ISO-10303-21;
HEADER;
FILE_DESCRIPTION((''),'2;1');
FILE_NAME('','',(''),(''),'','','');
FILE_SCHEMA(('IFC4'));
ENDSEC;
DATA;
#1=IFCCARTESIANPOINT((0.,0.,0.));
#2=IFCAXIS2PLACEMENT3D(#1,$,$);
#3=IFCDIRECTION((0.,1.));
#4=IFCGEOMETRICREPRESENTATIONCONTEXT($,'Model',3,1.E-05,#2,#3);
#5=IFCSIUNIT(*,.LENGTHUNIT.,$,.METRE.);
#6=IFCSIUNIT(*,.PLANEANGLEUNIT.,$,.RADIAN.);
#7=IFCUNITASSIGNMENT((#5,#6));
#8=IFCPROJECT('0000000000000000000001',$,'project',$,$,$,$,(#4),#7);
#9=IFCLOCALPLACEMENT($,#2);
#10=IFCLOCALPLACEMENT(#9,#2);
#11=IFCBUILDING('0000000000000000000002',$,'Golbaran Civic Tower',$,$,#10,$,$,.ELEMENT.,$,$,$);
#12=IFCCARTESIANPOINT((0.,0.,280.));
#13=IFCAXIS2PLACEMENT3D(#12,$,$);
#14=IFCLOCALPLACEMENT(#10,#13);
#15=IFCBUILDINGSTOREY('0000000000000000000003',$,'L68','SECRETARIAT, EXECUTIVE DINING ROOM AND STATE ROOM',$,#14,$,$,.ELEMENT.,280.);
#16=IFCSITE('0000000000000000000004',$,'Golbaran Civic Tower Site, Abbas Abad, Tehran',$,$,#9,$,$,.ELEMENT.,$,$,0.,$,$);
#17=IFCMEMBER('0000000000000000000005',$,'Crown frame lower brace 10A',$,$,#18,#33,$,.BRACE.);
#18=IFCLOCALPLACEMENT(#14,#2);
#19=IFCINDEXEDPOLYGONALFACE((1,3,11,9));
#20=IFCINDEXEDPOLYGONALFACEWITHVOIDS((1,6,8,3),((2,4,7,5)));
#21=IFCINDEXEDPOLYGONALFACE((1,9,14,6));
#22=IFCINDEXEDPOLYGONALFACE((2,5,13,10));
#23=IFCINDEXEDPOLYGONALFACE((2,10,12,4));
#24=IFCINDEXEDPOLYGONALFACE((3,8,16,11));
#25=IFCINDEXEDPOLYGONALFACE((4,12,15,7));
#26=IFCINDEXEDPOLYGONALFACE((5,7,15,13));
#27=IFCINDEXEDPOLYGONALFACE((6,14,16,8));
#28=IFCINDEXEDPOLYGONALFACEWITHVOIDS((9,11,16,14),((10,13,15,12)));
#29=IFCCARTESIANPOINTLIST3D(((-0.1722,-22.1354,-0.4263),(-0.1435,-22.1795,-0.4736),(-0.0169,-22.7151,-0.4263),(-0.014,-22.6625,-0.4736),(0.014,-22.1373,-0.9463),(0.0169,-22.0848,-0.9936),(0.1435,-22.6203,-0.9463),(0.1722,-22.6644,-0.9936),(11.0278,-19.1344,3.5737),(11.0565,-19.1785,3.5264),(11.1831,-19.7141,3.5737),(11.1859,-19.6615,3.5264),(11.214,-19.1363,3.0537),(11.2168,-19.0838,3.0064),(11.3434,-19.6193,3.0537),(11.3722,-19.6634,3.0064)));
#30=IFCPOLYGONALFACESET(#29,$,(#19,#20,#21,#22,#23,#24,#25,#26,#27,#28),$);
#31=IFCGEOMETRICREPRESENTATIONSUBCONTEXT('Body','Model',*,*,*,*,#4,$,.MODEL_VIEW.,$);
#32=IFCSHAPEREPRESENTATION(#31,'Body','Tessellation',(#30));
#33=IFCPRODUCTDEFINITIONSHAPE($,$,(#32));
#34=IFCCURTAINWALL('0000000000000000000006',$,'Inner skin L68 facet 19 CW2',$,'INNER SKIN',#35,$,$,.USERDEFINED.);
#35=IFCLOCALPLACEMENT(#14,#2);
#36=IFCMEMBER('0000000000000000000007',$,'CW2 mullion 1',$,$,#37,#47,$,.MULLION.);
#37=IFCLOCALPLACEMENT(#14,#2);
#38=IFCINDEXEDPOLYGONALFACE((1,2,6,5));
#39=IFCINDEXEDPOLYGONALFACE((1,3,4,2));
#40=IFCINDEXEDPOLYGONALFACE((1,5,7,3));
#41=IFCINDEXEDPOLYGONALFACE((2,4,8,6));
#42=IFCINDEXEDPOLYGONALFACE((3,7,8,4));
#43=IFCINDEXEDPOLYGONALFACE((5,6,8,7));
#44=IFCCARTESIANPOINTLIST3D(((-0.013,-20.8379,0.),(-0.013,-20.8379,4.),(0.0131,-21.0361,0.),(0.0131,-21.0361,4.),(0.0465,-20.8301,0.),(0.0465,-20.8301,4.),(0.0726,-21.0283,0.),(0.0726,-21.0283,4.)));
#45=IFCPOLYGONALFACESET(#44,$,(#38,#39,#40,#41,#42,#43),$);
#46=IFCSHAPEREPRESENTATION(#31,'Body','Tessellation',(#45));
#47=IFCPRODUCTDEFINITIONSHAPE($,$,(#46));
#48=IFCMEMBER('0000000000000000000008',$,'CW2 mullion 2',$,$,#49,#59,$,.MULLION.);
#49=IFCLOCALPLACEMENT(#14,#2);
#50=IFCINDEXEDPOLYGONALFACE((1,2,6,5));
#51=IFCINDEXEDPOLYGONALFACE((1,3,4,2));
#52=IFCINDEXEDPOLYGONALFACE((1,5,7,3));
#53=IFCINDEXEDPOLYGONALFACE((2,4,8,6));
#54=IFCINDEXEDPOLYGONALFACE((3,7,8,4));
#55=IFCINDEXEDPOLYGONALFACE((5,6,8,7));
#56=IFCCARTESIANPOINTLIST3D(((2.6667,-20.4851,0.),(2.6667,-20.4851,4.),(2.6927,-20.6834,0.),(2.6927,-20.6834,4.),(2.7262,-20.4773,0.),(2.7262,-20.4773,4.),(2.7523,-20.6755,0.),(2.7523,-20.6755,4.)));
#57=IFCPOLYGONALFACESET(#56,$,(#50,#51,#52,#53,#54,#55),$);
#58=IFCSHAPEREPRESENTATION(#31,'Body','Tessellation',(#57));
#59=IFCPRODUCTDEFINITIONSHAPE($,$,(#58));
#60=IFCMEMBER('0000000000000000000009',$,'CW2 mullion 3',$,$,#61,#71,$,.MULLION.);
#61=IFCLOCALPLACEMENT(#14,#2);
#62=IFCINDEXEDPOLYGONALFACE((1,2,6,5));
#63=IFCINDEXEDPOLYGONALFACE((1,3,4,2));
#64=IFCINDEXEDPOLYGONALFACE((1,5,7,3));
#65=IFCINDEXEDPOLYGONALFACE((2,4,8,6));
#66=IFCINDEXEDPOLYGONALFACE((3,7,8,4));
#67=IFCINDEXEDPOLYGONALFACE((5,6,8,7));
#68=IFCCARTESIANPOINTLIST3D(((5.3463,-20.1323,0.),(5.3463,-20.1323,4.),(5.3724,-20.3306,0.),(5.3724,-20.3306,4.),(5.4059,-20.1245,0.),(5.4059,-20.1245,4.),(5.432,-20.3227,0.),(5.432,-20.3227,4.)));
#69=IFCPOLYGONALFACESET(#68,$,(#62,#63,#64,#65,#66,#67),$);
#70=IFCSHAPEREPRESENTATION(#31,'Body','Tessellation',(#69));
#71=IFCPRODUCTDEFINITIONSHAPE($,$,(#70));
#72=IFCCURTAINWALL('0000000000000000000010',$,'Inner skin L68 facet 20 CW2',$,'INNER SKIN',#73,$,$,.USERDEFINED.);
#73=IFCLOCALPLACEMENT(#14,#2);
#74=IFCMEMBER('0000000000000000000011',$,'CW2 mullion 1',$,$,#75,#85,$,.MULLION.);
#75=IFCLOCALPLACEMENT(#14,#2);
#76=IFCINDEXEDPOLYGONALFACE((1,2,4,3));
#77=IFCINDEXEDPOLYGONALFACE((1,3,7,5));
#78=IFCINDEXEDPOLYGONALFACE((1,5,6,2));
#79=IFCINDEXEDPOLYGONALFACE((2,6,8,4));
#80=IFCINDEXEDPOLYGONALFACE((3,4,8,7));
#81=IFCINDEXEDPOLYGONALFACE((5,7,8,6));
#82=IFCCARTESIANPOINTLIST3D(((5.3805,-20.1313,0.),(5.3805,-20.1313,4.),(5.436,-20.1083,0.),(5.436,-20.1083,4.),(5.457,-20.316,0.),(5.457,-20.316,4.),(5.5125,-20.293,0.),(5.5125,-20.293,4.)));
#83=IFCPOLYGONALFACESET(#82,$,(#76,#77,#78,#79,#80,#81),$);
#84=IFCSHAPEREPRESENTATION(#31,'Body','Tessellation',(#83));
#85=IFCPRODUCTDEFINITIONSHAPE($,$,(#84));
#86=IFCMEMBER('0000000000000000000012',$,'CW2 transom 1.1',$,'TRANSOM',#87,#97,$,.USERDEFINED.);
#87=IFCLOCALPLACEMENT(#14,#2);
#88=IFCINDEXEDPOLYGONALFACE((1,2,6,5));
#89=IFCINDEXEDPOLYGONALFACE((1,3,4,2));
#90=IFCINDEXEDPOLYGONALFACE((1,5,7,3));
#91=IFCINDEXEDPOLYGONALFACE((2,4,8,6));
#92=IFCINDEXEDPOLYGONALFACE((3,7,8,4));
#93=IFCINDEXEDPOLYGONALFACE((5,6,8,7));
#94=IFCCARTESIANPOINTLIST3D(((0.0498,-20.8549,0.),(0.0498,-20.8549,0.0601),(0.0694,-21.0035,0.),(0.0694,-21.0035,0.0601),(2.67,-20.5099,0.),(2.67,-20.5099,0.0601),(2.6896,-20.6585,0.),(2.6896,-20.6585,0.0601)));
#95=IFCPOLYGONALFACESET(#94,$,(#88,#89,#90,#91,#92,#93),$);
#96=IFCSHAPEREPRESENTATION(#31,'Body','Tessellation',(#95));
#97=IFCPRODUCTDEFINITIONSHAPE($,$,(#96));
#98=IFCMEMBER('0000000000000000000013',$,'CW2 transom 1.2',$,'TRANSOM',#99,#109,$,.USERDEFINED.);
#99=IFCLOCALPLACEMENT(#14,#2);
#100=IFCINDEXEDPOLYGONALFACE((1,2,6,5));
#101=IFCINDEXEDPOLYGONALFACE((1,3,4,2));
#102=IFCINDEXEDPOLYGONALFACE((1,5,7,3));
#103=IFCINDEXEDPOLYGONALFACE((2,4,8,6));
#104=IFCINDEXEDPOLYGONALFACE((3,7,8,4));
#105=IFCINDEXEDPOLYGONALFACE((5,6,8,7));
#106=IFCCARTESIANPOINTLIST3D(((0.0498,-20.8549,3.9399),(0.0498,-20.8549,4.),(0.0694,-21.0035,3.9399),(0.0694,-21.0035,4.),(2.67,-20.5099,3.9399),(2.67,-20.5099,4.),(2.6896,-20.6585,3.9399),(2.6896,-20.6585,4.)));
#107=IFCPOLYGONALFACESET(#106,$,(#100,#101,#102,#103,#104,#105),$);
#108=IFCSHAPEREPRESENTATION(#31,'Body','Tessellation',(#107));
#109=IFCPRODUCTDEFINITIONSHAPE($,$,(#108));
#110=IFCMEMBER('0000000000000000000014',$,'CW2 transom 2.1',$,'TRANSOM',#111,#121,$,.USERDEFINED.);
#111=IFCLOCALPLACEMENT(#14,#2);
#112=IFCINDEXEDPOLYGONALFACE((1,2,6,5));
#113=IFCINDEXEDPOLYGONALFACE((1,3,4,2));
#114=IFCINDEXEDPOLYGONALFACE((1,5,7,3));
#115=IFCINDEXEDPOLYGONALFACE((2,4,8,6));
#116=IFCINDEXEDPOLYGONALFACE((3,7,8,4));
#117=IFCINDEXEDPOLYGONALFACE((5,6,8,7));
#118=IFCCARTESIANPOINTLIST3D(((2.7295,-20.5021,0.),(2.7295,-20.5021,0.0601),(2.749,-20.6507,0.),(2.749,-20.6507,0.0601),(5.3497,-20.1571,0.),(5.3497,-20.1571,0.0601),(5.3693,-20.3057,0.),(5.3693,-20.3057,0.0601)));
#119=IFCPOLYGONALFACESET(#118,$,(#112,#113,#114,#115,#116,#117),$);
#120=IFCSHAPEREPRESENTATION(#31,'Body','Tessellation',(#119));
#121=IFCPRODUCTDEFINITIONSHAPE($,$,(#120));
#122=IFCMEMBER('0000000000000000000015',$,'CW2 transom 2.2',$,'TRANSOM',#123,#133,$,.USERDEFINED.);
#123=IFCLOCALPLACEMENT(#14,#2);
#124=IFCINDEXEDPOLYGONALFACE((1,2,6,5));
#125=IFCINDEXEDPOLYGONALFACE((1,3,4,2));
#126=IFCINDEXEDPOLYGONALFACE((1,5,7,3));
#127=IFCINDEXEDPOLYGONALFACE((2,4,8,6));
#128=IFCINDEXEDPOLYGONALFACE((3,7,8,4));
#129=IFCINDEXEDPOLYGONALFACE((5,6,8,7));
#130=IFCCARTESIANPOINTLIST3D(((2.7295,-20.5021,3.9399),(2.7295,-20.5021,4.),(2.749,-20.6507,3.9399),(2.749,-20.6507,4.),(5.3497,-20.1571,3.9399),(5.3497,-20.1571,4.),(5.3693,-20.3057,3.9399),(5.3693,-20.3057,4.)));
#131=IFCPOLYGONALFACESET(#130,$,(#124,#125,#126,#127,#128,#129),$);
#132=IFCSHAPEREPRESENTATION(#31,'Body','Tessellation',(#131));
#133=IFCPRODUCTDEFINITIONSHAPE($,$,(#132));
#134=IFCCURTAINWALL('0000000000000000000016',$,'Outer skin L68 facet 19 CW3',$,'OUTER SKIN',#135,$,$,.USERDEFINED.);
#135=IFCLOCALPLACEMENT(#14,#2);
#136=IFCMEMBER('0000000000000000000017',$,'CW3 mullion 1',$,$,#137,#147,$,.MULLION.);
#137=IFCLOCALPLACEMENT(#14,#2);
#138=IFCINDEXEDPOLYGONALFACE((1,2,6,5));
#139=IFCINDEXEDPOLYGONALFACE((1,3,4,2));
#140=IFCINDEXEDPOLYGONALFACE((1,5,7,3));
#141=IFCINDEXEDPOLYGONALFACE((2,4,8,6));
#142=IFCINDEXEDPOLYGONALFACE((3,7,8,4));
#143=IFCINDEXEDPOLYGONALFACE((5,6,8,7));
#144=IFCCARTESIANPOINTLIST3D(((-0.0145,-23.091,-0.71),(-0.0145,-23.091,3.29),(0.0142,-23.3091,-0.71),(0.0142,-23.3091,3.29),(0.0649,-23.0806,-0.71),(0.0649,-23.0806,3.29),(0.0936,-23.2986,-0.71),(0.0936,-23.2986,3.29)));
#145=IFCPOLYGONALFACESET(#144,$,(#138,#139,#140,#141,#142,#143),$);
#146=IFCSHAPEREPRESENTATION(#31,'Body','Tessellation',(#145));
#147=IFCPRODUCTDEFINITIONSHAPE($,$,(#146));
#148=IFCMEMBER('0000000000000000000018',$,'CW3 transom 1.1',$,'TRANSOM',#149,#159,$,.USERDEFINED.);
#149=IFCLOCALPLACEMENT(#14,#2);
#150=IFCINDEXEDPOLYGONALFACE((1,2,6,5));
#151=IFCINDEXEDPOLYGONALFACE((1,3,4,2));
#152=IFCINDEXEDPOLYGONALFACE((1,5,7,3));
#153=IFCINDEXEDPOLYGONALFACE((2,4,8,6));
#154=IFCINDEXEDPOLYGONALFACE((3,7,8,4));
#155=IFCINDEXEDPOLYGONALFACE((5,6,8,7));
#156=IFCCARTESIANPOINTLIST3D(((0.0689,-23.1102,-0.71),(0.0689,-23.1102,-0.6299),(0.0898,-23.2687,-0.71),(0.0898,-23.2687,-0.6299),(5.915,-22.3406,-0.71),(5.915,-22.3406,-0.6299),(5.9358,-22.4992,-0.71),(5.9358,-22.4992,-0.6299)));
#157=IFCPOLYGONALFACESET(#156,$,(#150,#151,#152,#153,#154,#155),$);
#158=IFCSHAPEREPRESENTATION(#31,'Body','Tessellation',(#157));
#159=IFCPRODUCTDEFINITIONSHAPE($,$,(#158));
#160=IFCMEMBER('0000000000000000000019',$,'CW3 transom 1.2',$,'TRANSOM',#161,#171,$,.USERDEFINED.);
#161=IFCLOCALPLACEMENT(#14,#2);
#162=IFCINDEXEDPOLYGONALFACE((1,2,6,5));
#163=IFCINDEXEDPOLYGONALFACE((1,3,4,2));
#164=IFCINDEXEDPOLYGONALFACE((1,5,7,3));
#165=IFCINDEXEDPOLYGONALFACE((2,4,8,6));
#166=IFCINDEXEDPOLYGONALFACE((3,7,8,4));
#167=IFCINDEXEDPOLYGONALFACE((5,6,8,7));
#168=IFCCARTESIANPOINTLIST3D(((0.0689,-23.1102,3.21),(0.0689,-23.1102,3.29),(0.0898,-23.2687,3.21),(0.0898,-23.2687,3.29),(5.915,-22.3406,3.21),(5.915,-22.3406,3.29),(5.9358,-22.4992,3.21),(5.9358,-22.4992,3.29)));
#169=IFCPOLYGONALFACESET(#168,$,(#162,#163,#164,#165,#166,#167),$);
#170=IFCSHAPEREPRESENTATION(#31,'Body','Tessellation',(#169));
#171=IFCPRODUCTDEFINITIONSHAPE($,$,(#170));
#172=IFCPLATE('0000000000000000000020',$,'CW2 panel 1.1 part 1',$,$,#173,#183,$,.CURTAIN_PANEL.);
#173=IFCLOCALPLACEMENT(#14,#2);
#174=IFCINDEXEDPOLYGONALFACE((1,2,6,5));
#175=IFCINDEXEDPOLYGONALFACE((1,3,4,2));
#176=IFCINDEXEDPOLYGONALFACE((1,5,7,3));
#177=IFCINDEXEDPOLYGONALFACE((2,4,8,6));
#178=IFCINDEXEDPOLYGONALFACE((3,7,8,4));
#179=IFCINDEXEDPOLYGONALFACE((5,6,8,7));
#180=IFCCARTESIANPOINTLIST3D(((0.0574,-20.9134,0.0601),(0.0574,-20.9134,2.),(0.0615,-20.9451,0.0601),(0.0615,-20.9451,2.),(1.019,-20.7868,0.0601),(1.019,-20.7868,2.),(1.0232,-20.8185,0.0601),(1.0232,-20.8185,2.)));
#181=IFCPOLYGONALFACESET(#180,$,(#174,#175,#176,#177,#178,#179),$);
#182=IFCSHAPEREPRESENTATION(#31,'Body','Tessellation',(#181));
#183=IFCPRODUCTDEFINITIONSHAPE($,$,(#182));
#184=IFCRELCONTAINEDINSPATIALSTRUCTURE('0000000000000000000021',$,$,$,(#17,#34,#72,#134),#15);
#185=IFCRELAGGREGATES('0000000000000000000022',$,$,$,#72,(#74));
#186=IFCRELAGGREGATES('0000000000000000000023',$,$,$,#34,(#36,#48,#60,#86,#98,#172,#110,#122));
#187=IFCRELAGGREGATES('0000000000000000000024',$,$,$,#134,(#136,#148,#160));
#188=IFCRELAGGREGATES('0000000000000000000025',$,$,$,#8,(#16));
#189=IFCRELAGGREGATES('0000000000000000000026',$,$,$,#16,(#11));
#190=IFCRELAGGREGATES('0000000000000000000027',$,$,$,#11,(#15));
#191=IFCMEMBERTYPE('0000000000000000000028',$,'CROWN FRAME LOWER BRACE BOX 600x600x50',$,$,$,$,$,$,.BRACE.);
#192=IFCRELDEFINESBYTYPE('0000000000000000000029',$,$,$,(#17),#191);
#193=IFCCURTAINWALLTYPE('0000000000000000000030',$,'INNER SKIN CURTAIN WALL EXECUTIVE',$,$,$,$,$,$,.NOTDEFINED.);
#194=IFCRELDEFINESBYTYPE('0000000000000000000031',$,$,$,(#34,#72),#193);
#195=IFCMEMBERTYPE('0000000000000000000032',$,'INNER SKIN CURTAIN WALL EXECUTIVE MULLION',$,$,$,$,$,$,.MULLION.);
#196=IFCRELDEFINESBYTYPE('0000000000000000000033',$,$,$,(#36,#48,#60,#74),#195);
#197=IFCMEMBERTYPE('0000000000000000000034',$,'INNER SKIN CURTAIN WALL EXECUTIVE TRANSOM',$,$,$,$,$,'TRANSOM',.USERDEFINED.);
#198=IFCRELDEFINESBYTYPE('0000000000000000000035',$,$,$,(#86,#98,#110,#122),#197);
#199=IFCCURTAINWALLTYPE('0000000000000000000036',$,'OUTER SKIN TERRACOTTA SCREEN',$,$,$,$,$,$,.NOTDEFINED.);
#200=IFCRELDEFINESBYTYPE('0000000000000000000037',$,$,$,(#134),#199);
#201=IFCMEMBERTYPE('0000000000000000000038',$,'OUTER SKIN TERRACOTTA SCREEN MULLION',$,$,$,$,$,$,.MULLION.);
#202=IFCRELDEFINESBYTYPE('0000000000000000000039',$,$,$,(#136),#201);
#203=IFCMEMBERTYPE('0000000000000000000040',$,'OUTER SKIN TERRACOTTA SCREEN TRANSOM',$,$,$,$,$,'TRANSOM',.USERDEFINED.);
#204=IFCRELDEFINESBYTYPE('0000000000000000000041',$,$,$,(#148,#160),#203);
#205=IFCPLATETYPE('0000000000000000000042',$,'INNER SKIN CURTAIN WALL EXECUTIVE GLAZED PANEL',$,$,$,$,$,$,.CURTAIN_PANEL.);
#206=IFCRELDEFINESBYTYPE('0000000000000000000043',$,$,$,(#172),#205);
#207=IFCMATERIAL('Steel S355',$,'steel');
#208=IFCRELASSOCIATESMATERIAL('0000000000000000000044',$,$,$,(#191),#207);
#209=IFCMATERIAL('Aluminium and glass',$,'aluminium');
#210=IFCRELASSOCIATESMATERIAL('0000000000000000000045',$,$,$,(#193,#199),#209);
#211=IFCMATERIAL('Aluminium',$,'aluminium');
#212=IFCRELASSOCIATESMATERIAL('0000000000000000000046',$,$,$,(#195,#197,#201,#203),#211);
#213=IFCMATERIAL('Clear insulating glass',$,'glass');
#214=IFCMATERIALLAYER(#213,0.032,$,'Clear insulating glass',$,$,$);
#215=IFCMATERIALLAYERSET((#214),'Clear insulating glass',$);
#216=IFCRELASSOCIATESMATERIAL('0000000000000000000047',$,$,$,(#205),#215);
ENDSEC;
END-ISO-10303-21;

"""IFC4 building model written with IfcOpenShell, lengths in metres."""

from ifc_helpers import new_model, si_unit, direction, frame, origin, origin_2d, place, context, subcontext, project, spatial, rectangle, hollow_rectangle, extrude, material, layer, layer_set, material_profile, profile_set, type_object, element, aggregate, save


model = new_model("IFC4")

# Units and contexts
model_context = context("Model", 3, precision=1e-05, world=origin(), true_north=direction((0.0, 1.0)))
body_context = subcontext(model_context, "Body", "Model", "MODEL_VIEW")
ifc_project = project(units=[si_unit("LENGTHUNIT", "METRE"), si_unit("PLANEANGLEUNIT", "RADIAN")], contexts=[model_context])

# Site, building, storey
site_placement = place(None, origin())
site = spatial("IfcSite", under=ifc_project, at=site_placement, Name="Golbaran Civic Tower Site, Abbas Abad, Tehran", CompositionType="ELEMENT", RefElevation=0.0)
building_placement = place(site_placement, origin())
building = spatial("IfcBuilding", under=site, at=building_placement, Name="Golbaran Civic Tower", CompositionType="ELEMENT")
storey_placement = place(building_placement, frame((0.0, 0.0, 280.0)))
storey = spatial("IfcBuildingStorey", under=building, at=storey_placement, Name="L68", Description="SECRETARIAT, EXECUTIVE DINING ROOM AND STATE ROOM", CompositionType="ELEMENT", Elevation=280.0)

# Member
ifc_material_1 = material(Name="Steel S355", Category="steel")
ifc_material_profile_1 = material_profile(ifc_material_1, hollow_rectangle(XDim=0.6001, YDim=0.6001, WallThickness=0.05, at=origin_2d()), Name="BOX 600x600x50")
ifc_profile_set_1 = profile_set([ifc_material_profile_1], Name="Steel S355")
member_type_1 = type_object("IfcMemberType", Name="CROWN FRAME LOWER BRACE BOX 600x600x50", PredefinedType="BRACE", material=ifc_profile_set_1)
member_1_placement = place(storey_placement, frame((0.0, -22.3999, -0.71), z_axis=(0.913119, 0.244666, 0.326116), x_axis=(-0.258816, 0.965927, 0.0)))
element("IfcMember", 1, at=member_1_placement, inside=storey, type_object=member_type_1, Name="Crown frame lower brace 10A", PredefinedType="BRACE", context=body_context, shape_type="SweptSolid", body=[
    extrude(hollow_rectangle(XDim=0.6001, YDim=0.6001, WallThickness=0.05, at=origin_2d()), origin(), (0.0, 0.0, 1.0), 12.2656),
])

# Curtain wall, members
ifc_material_2 = material(Name="Aluminium and glass", Category="aluminium")
curtain_wall_type_1 = type_object("IfcCurtainWallType", Name="INNER SKIN CURTAIN WALL EXECUTIVE", PredefinedType="NOTDEFINED", material=ifc_material_2)
curtain_wall_1_placement = place(storey_placement, origin())
curtain_wall_1 = element("IfcCurtainWall", 2, at=curtain_wall_1_placement, inside=storey, type_object=curtain_wall_type_1, Name="Inner skin L68 facet 19 CW2", ObjectType="INNER SKIN", PredefinedType="USERDEFINED")
ifc_material_3 = material(Name="Aluminium", Category="aluminium")
ifc_material_profile_2 = material_profile(ifc_material_3, rectangle(XDim=0.2, YDim=0.0601, at=origin_2d()), Name="INNER SKIN CURTAIN WALL EXECUTIVE MULLION")
ifc_profile_set_2 = profile_set([ifc_material_profile_2], Name="Aluminium")
member_type_2 = type_object("IfcMemberType", Name="INNER SKIN CURTAIN WALL EXECUTIVE MULLION", PredefinedType="MULLION", material=ifc_profile_set_2)
member_2_placement = place(storey_placement, frame((0.0298, -20.9331, 0.0), z_axis=(0.0, 0.0, 1.0), x_axis=(-0.130526, 0.991445, 0.0)))
member_2 = element("IfcMember", 3, at=member_2_placement, type_object=member_type_2, Name="CW2 mullion 1", PredefinedType="MULLION", context=body_context, shape_type="SweptSolid", body=[
    extrude(rectangle(XDim=0.2, YDim=0.0601, at=origin_2d()), origin(), (0.0, 0.0, 1.0), 4.0),
])
member_3_placement = place(storey_placement, frame((2.7095, -20.5803, 0.0), z_axis=(0.0, 0.0, 1.0), x_axis=(-0.130526, 0.991445, 0.0)))
member_3 = element("IfcMember", 4, at=member_3_placement, type_object=member_type_2, Name="CW2 mullion 2", PredefinedType="MULLION", context=body_context, shape_type="SweptSolid", body=[
    extrude(rectangle(XDim=0.2, YDim=0.0601, at=origin_2d()), origin(), (0.0, 0.0, 1.0), 4.0),
])
member_4_placement = place(storey_placement, frame((5.3892, -20.2275, 0.0), z_axis=(0.0, 0.0, 1.0), x_axis=(-0.130526, 0.991445, 0.0)))
member_4 = element("IfcMember", 5, at=member_4_placement, type_object=member_type_2, Name="CW2 mullion 3", PredefinedType="MULLION", context=body_context, shape_type="SweptSolid", body=[
    extrude(rectangle(XDim=0.2, YDim=0.0601, at=origin_2d()), origin(), (0.0, 0.0, 1.0), 4.0),
])

# Curtain wall, member
curtain_wall_2_placement = place(storey_placement, origin())
curtain_wall_2 = element("IfcCurtainWall", 6, at=curtain_wall_2_placement, inside=storey, type_object=curtain_wall_type_1, Name="Inner skin L68 facet 20 CW2", ObjectType="INNER SKIN", PredefinedType="USERDEFINED")
member_5_placement = place(storey_placement, frame((5.4465, -20.2122, 0.0), z_axis=(0.0, 0.0, 1.0), x_axis=(-0.382683, 0.92388, 0.0)))
member_5 = element("IfcMember", 7, at=member_5_placement, type_object=member_type_2, Name="CW2 mullion 1", PredefinedType="MULLION", context=body_context, shape_type="SweptSolid", body=[
    extrude(rectangle(XDim=0.2, YDim=0.0601, at=origin_2d()), origin(), (0.0, 0.0, 1.0), 4.0),
])
aggregate(curtain_wall_2, [member_5])

# Members
ifc_material_profile_3 = material_profile(ifc_material_3, rectangle(XDim=0.1499, YDim=0.0601, at=origin_2d()), Name="INNER SKIN CURTAIN WALL EXECUTIVE TRANSOM")
ifc_profile_set_3 = profile_set([ifc_material_profile_3], Name="Aluminium")
member_type_3 = type_object("IfcMemberType", Name="INNER SKIN CURTAIN WALL EXECUTIVE TRANSOM", ElementType="TRANSOM", PredefinedType="USERDEFINED", material=ifc_profile_set_3)
member_6_placement = place(storey_placement, frame((0.0596, -20.9292, 0.03), z_axis=(0.991444, 0.130536, 0.0), x_axis=(-0.130536, 0.991444, 0.0)))
member_6 = element("IfcMember", 8, at=member_6_placement, type_object=member_type_3, Name="CW2 transom 1.1", ObjectType="TRANSOM", PredefinedType="USERDEFINED", context=body_context, shape_type="SweptSolid", body=[
    extrude(rectangle(XDim=0.1499, YDim=0.0601, at=origin_2d()), origin(), (0.0, 0.0, 1.0), 2.6428),
])
member_7_placement = place(storey_placement, frame((0.0596, -20.9292, 3.97), z_axis=(0.991444, 0.130536, 0.0), x_axis=(-0.130536, 0.991444, 0.0)))
member_7 = element("IfcMember", 9, at=member_7_placement, type_object=member_type_3, Name="CW2 transom 1.2", ObjectType="TRANSOM", PredefinedType="USERDEFINED", context=body_context, shape_type="SweptSolid", body=[
    extrude(rectangle(XDim=0.1499, YDim=0.0601, at=origin_2d()), origin(), (0.0, 0.0, 1.0), 2.6428),
])
member_8_placement = place(storey_placement, frame((2.7393, -20.5764, 0.03), z_axis=(0.991444, 0.130536, 0.0), x_axis=(-0.130536, 0.991444, 0.0)))
member_8 = element("IfcMember", 10, at=member_8_placement, type_object=member_type_3, Name="CW2 transom 2.1", ObjectType="TRANSOM", PredefinedType="USERDEFINED", context=body_context, shape_type="SweptSolid", body=[
    extrude(rectangle(XDim=0.1499, YDim=0.0601, at=origin_2d()), origin(), (0.0, 0.0, 1.0), 2.6428),
])
member_9_placement = place(storey_placement, frame((2.7393, -20.5764, 3.97), z_axis=(0.991444, 0.130536, 0.0), x_axis=(-0.130536, 0.991444, 0.0)))
member_9 = element("IfcMember", 11, at=member_9_placement, type_object=member_type_3, Name="CW2 transom 2.2", ObjectType="TRANSOM", PredefinedType="USERDEFINED", context=body_context, shape_type="SweptSolid", body=[
    extrude(rectangle(XDim=0.1499, YDim=0.0601, at=origin_2d()), origin(), (0.0, 0.0, 1.0), 2.6428),
])

# Curtain wall, members
curtain_wall_type_2 = type_object("IfcCurtainWallType", Name="OUTER SKIN TERRACOTTA SCREEN", PredefinedType="NOTDEFINED", material=ifc_material_2)
curtain_wall_3_placement = place(storey_placement, origin())
curtain_wall_3 = element("IfcCurtainWall", 12, at=curtain_wall_3_placement, inside=storey, type_object=curtain_wall_type_2, Name="Outer skin L68 facet 19 CW3", ObjectType="OUTER SKIN", PredefinedType="USERDEFINED")
ifc_material_profile_4 = material_profile(ifc_material_3, rectangle(XDim=0.22, YDim=0.0801, at=origin_2d()), Name="OUTER SKIN TERRACOTTA SCREEN MULLION")
ifc_profile_set_4 = profile_set([ifc_material_profile_4], Name="Aluminium")
member_type_4 = type_object("IfcMemberType", Name="OUTER SKIN TERRACOTTA SCREEN MULLION", PredefinedType="MULLION", material=ifc_profile_set_4)
member_10_placement = place(storey_placement, frame((0.0396, -23.1948, -0.71), z_axis=(0.0, 0.0, 1.0), x_axis=(-0.130526, 0.991445, 0.0)))
member_10 = element("IfcMember", 13, at=member_10_placement, type_object=member_type_4, Name="CW3 mullion 1", PredefinedType="MULLION", context=body_context, shape_type="SweptSolid", body=[
    extrude(rectangle(XDim=0.22, YDim=0.0801, at=origin_2d()), origin(), (0.0, 0.0, 1.0), 4.0),
])
ifc_material_profile_5 = material_profile(ifc_material_3, rectangle(XDim=0.1599, YDim=0.0801, at=origin_2d()), Name="OUTER SKIN TERRACOTTA SCREEN TRANSOM")
ifc_profile_set_5 = profile_set([ifc_material_profile_5], Name="Aluminium")
member_type_5 = type_object("IfcMemberType", Name="OUTER SKIN TERRACOTTA SCREEN TRANSOM", ElementType="TRANSOM", PredefinedType="USERDEFINED", material=ifc_profile_set_5)
member_11_placement = place(storey_placement, frame((0.0793, -23.1895, -0.6699), z_axis=(0.991447, 0.130509, 0.0), x_axis=(-0.130509, 0.991447, 0.0)))
member_11 = element("IfcMember", 14, at=member_11_placement, type_object=member_type_5, Name="CW3 transom 1.1", ObjectType="TRANSOM", PredefinedType="USERDEFINED", context=body_context, shape_type="SweptSolid", body=[
    extrude(rectangle(XDim=0.1599, YDim=0.0801, at=origin_2d()), origin(), (0.0, 0.0, 1.0), 5.8965),
])
member_12_placement = place(storey_placement, frame((0.0793, -23.1895, 3.25), z_axis=(0.991447, 0.130509, 0.0), x_axis=(-0.130509, 0.991447, 0.0)))
member_12 = element("IfcMember", 15, at=member_12_placement, type_object=member_type_5, Name="CW3 transom 1.2", ObjectType="TRANSOM", PredefinedType="USERDEFINED", context=body_context, shape_type="SweptSolid", body=[
    extrude(rectangle(XDim=0.1599, YDim=0.0801, at=origin_2d()), origin(), (0.0, 0.0, 1.0), 5.8965),
])

# Plate
ifc_material_4 = material(Name="Clear insulating glass", Category="glass")
ifc_layer_1 = layer(ifc_material_4, 0.032, Name="Clear insulating glass")
ifc_layer_set_1 = layer_set([ifc_layer_1], Name="Clear insulating glass")
plate_type_1 = type_object("IfcPlateType", Name="INNER SKIN CURTAIN WALL EXECUTIVE GLAZED PANEL", PredefinedType="CURTAIN_PANEL", material=ifc_layer_set_1)
plate_1_placement = place(storey_placement, frame((0.5403, -20.866, 0.0601), z_axis=(0.0, 0.0, 1.0), x_axis=(0.991445, 0.130526, 0.0)))
plate_1 = element("IfcPlate", 16, at=plate_1_placement, type_object=plate_type_1, Name="CW2 panel 1.1 part 1", PredefinedType="CURTAIN_PANEL", context=body_context, shape_type="SweptSolid", body=[
    extrude(rectangle(XDim=0.97, YDim=0.032, at=origin_2d()), origin(), (0.0, 0.0, 1.0), 1.9399),
])
aggregate(curtain_wall_1, [member_2, member_3, member_4, member_6, member_7, plate_1, member_8, member_9])
aggregate(curtain_wall_3, [member_10, member_11, member_12])

save(model, "model.ifc")
